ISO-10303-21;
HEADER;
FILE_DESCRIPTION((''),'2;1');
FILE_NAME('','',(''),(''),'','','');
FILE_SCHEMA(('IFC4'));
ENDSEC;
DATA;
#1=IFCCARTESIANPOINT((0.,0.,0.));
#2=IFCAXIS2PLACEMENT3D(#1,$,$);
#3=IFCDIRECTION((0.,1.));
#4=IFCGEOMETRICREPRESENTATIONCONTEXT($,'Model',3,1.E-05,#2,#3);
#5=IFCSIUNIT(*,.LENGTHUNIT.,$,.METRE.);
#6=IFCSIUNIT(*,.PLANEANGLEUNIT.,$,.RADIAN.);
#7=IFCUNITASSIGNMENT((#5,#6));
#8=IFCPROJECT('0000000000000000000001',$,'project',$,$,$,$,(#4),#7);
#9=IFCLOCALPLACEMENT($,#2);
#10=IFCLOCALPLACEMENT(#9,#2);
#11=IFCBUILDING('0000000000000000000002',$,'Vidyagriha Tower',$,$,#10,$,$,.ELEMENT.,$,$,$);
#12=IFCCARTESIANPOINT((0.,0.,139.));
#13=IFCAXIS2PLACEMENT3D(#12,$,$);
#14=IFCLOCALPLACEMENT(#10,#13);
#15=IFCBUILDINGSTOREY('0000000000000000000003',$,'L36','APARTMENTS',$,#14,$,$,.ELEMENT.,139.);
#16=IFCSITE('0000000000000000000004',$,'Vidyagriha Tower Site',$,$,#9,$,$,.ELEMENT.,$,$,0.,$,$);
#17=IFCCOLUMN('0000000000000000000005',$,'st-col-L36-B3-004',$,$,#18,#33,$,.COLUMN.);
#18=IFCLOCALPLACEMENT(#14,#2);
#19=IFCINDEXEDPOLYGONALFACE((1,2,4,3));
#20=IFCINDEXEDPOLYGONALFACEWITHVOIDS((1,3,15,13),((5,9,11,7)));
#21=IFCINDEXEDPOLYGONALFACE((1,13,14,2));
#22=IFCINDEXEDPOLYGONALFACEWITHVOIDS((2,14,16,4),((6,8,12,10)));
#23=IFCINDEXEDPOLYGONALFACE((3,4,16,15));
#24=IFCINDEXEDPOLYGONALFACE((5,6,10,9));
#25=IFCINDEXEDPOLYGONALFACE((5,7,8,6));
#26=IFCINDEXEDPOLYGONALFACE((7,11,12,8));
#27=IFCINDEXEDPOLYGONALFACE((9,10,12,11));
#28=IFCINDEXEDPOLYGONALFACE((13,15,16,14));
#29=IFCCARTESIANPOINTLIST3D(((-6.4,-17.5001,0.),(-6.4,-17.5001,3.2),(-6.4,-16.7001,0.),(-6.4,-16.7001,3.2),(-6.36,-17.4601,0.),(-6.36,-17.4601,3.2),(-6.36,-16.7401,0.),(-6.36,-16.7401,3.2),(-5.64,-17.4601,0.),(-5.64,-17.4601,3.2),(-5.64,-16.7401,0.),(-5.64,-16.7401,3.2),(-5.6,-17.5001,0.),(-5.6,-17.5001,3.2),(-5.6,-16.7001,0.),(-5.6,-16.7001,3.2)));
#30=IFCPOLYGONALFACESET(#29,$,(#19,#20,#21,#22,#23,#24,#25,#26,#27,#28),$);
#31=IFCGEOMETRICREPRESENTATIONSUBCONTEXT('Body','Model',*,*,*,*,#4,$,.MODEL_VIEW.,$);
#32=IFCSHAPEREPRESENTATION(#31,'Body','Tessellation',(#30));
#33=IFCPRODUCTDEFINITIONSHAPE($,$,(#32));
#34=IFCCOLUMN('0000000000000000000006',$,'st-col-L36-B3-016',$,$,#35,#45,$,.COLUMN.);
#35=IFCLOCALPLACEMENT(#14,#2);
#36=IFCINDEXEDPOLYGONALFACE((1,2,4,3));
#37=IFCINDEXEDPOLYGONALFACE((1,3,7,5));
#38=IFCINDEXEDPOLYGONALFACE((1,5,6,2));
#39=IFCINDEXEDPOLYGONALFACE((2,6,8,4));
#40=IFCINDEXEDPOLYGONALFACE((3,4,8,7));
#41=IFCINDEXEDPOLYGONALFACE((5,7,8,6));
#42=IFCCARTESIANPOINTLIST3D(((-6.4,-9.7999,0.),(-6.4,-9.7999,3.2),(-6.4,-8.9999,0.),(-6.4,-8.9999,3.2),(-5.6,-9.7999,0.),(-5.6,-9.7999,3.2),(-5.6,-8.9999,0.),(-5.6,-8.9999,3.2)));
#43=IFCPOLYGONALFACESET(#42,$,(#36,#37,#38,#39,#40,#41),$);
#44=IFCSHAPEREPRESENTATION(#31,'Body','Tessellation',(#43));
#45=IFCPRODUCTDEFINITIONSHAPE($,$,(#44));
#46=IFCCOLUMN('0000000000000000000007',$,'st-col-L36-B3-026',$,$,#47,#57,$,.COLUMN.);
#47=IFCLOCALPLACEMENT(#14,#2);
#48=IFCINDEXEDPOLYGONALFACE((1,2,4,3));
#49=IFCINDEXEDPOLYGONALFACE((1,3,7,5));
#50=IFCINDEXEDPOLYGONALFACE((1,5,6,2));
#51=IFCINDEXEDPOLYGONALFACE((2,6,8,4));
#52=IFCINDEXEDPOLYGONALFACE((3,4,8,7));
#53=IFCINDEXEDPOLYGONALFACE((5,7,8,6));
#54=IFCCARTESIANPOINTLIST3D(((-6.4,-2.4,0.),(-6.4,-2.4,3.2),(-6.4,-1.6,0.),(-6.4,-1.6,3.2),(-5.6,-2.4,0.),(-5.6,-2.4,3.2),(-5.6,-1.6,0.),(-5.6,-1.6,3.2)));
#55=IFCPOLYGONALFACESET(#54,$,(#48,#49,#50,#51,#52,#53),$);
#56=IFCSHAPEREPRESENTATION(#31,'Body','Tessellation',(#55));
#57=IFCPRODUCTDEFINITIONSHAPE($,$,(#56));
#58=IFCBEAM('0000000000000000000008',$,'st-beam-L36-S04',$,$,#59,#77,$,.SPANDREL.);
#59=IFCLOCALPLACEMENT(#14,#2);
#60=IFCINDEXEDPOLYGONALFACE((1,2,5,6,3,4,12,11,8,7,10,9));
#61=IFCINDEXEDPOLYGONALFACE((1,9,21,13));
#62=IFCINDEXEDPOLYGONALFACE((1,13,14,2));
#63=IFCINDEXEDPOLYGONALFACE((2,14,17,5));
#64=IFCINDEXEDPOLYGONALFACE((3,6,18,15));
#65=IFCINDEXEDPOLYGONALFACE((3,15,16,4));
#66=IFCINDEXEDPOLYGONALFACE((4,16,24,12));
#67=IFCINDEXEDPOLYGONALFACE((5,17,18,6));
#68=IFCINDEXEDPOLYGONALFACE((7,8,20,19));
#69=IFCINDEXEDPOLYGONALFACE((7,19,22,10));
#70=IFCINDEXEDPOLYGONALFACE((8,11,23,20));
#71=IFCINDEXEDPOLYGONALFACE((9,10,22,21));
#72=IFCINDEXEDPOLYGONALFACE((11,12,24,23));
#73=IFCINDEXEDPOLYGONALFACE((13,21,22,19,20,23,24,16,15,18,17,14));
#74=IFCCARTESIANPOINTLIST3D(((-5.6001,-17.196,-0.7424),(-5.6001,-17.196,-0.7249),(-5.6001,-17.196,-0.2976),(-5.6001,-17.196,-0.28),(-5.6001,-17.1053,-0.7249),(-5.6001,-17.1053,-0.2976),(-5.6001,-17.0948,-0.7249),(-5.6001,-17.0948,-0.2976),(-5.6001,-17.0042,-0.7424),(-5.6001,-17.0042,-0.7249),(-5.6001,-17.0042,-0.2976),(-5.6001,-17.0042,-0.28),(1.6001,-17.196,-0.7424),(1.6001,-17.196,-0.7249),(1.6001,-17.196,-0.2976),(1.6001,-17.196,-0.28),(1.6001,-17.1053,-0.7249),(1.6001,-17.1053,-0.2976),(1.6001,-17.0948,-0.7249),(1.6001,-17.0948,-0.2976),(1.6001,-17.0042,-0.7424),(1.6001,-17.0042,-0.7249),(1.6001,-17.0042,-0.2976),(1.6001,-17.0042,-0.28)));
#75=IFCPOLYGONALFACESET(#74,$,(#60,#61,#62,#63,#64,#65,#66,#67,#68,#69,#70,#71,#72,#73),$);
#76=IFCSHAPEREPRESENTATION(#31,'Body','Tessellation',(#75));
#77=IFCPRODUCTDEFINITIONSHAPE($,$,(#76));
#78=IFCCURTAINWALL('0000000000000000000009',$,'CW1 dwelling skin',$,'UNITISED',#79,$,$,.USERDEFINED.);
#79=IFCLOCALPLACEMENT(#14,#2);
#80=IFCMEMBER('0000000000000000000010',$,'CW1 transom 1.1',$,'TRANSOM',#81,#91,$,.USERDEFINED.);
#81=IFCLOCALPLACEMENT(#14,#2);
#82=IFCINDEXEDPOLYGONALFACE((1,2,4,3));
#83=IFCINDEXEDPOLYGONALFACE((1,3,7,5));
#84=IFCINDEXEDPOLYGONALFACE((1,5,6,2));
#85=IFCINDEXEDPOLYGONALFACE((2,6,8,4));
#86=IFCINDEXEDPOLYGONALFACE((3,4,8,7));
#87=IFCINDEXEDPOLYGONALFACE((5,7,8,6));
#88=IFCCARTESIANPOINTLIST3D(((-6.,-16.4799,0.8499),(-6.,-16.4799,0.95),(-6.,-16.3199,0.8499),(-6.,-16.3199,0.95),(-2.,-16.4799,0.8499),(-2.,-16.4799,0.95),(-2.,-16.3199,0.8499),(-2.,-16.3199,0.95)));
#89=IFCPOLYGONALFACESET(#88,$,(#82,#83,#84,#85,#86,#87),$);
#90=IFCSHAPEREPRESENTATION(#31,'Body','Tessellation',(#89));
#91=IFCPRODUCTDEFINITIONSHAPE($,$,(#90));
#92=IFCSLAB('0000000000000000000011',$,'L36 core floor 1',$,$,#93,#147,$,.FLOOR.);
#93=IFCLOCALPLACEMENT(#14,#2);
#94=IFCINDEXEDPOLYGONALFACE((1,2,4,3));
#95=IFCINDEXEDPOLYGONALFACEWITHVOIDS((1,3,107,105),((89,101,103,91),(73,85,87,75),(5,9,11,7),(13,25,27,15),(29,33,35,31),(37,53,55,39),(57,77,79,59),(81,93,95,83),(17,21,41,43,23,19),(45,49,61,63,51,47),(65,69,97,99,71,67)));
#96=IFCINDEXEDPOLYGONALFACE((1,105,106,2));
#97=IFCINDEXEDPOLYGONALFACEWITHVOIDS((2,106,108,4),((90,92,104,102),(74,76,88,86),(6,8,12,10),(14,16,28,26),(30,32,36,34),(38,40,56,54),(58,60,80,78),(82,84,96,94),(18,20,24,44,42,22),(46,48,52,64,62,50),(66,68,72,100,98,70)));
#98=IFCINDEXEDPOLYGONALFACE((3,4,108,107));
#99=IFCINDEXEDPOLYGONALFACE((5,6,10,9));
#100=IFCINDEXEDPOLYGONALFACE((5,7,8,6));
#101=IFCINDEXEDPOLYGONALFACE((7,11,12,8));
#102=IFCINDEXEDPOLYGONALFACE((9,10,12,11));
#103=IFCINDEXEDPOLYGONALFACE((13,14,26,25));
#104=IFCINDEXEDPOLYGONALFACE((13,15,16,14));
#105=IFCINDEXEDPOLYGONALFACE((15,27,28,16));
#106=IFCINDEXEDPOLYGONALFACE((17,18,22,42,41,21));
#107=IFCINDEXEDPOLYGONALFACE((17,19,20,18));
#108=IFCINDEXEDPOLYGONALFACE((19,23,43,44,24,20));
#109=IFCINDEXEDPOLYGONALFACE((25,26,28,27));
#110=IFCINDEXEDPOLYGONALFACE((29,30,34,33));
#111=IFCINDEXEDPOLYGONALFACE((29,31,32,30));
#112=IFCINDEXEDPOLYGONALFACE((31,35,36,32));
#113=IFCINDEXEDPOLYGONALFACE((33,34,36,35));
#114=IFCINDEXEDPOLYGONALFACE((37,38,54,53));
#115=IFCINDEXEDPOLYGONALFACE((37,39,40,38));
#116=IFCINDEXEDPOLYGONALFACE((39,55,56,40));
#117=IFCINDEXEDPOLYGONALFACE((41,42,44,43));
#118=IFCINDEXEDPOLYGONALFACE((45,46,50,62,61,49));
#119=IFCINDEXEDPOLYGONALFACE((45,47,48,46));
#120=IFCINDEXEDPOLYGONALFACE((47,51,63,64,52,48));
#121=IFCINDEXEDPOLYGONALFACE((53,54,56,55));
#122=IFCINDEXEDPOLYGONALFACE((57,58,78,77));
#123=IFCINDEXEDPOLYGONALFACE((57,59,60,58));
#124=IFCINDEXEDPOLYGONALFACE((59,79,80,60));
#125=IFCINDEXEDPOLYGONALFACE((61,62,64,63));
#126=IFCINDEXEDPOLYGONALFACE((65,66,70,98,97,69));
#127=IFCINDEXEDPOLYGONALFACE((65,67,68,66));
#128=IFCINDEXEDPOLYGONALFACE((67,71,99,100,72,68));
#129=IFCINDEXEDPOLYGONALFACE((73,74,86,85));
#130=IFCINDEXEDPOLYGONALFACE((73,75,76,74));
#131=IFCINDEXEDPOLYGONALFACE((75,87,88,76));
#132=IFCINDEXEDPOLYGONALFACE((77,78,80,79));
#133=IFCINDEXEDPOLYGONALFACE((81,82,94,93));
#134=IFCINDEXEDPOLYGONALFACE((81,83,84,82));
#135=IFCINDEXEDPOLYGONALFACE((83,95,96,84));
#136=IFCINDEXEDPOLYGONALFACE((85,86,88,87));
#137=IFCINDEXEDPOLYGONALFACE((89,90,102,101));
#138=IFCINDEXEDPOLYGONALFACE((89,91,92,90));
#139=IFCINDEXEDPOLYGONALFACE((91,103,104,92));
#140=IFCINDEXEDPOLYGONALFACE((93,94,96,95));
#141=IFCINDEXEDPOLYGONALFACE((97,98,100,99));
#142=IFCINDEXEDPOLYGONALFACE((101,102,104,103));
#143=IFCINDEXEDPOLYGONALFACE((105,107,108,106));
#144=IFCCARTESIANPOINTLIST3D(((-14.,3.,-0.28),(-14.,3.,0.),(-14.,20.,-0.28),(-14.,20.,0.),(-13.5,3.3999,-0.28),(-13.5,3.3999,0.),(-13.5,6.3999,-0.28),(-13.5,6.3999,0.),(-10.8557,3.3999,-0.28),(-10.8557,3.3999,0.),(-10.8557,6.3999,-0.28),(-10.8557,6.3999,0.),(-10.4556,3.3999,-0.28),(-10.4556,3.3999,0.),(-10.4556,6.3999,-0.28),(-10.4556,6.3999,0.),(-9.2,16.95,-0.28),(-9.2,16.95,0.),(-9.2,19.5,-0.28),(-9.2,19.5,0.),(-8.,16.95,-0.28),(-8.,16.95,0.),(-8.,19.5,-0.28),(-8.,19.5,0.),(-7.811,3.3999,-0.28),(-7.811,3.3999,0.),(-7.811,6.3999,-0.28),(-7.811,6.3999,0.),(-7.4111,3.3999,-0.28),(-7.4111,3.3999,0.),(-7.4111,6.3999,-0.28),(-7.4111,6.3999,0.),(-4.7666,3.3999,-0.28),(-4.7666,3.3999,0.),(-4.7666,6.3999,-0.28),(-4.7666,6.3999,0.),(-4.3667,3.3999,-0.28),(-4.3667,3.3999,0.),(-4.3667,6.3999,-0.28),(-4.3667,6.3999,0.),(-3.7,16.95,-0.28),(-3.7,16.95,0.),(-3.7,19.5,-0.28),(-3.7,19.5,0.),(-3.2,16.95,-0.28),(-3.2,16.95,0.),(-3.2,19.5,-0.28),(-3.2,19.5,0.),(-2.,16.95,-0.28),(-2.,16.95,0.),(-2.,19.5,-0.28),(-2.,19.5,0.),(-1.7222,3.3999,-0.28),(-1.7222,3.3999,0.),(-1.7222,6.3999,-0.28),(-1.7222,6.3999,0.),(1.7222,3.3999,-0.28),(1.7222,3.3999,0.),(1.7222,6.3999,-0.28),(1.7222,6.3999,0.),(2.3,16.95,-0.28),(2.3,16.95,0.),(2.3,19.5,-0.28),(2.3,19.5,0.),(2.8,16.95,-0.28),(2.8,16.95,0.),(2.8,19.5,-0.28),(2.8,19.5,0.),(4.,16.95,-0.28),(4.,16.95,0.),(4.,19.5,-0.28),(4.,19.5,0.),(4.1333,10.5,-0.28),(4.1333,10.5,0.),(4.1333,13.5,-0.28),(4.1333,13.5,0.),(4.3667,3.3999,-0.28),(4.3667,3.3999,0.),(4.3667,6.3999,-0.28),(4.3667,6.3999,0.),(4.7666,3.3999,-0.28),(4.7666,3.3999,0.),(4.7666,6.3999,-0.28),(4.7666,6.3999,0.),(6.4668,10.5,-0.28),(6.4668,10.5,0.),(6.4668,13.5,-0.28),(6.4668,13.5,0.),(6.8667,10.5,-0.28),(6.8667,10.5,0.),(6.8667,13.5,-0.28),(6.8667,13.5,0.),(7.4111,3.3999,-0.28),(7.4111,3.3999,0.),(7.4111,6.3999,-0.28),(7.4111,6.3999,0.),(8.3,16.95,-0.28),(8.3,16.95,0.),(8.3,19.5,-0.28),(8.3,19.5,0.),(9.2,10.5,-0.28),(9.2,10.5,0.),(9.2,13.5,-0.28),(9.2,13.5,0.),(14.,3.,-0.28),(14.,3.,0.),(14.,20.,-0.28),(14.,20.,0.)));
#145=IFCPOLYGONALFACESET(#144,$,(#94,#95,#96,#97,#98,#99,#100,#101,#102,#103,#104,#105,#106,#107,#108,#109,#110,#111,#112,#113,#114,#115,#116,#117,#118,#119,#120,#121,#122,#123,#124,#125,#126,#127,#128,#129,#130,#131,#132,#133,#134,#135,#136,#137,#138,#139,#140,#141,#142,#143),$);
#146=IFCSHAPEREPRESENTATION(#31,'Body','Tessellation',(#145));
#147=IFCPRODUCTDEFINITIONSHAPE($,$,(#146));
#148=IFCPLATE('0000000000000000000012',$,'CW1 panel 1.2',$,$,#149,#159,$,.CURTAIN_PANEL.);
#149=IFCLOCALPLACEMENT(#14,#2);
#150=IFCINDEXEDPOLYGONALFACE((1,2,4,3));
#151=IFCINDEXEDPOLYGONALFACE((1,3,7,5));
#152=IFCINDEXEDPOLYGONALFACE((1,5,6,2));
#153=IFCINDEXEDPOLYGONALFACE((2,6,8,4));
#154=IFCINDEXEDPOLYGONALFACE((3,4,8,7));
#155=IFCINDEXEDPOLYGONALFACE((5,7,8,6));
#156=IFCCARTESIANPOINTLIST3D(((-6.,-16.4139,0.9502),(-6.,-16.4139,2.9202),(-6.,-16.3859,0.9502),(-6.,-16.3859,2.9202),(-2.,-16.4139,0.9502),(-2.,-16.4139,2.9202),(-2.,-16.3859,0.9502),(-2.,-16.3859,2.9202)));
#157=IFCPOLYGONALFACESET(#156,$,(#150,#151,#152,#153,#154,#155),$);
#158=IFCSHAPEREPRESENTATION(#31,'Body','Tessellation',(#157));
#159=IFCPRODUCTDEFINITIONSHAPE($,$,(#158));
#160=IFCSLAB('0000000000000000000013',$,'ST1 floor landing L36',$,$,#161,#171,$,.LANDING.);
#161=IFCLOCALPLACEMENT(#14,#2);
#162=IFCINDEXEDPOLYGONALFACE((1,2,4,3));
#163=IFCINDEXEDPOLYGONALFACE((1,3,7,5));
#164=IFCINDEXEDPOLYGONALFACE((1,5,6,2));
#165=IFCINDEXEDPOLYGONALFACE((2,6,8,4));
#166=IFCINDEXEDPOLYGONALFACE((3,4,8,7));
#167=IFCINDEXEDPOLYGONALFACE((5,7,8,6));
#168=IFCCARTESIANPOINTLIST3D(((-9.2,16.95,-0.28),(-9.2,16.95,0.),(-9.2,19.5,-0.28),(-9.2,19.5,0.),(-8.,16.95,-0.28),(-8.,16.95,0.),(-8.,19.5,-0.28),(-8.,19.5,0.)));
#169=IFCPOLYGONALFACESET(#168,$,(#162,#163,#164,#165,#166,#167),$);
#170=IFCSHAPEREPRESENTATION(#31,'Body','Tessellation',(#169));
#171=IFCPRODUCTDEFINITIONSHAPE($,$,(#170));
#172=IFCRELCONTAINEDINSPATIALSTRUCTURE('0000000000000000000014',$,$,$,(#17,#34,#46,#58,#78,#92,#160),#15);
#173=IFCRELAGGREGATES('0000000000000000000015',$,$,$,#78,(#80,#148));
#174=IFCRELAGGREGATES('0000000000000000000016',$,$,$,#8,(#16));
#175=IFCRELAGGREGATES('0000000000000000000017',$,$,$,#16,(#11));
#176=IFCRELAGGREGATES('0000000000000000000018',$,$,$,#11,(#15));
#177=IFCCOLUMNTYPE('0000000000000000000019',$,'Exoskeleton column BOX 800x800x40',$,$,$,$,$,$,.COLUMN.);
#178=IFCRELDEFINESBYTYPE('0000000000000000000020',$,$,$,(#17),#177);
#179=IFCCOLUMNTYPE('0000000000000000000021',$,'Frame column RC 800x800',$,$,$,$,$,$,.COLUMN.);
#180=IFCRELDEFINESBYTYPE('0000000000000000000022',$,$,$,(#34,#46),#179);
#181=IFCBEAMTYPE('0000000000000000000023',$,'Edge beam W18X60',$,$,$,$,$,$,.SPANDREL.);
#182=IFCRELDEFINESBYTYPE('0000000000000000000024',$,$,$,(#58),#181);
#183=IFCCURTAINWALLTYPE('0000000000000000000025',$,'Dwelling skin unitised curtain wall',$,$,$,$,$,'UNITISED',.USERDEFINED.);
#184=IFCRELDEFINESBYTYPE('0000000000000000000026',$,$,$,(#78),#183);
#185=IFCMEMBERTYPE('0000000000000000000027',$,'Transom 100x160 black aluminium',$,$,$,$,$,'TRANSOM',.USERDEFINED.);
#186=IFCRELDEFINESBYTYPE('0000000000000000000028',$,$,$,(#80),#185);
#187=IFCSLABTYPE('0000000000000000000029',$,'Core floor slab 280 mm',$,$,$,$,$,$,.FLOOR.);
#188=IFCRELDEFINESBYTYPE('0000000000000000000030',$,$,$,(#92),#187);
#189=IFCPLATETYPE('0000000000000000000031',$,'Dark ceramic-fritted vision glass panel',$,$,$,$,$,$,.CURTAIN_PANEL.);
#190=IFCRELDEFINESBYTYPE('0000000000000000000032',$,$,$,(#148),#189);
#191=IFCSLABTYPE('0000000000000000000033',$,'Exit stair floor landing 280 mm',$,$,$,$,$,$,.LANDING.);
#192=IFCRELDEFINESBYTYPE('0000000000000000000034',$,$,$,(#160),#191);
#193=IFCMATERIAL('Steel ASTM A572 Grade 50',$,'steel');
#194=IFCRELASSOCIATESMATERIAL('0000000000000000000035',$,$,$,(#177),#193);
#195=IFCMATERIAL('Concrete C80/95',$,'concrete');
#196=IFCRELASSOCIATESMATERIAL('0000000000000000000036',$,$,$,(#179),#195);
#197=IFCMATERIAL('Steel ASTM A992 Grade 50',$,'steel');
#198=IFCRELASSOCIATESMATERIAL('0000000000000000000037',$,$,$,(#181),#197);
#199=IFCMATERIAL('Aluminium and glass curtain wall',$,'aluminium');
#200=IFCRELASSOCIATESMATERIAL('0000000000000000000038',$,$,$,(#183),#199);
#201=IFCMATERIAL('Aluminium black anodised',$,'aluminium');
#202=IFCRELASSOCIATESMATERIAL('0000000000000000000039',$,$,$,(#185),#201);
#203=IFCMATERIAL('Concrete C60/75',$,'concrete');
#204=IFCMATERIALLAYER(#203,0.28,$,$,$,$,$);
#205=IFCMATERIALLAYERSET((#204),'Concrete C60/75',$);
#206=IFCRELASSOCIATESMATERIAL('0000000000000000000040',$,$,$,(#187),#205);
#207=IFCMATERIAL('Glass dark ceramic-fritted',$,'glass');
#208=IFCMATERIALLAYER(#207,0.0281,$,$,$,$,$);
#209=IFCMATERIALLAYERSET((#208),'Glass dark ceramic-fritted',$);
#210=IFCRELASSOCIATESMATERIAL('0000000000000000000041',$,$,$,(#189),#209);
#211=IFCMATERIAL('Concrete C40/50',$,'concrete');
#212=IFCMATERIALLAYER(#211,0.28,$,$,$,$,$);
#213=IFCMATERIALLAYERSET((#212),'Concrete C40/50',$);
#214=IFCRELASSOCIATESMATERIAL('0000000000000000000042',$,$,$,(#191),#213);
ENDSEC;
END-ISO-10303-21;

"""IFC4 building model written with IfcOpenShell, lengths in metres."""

from ifc_helpers import new_model, si_unit, direction, frame, origin, origin_2d, place, context, subcontext, project, spatial, polyline, rectangle, hollow_rectangle, i_section, outline, extrude, material, layer, layer_set, material_profile, profile_set, type_object, element, aggregate, save


model = new_model("IFC4")

# Units and contexts
model_context = context("Model", 3, precision=1e-05, world=origin(), true_north=direction((0.0, 1.0)))
body_context = subcontext(model_context, "Body", "Model", "MODEL_VIEW")
ifc_project = project(units=[si_unit("LENGTHUNIT", "METRE"), si_unit("PLANEANGLEUNIT", "RADIAN")], contexts=[model_context])

# Site, building, storey
site_placement = place(None, origin())
site = spatial("IfcSite", under=ifc_project, at=site_placement, Name="Vidyagriha Tower Site", CompositionType="ELEMENT", RefElevation=0.0)
building_placement = place(site_placement, origin())
building = spatial("IfcBuilding", under=site, at=building_placement, Name="Vidyagriha Tower", CompositionType="ELEMENT")
storey_placement = place(building_placement, frame((0.0, 0.0, 139.0)))
storey = spatial("IfcBuildingStorey", under=building, at=storey_placement, Name="L36", Description="APARTMENTS", CompositionType="ELEMENT", Elevation=139.0)

# Columns
ifc_material_1 = material(Name="Steel ASTM A572 Grade 50", Category="steel")
ifc_material_profile_1 = material_profile(ifc_material_1, hollow_rectangle(XDim=0.8, YDim=0.8, WallThickness=0.04, at=origin_2d()), Name="BOX 800x800x40")
ifc_profile_set_1 = profile_set([ifc_material_profile_1], Name="Steel ASTM A572 Grade 50")
column_type_1 = type_object("IfcColumnType", Name="Exoskeleton column BOX 800x800x40", PredefinedType="COLUMN", material=ifc_profile_set_1)
column_placement = place(storey_placement, frame((-6.0, -17.1001, 0.0)))
element("IfcColumn", 1, at=column_placement, inside=storey, type_object=column_type_1, Name="st-col-L36-B3-004", PredefinedType="COLUMN", context=body_context, shape_type="SweptSolid", body=[
    extrude(hollow_rectangle(XDim=0.8, YDim=0.8, WallThickness=0.04, at=origin_2d()), origin(), (0.0, 0.0, 1.0), 3.2),
])
ifc_material_2 = material(Name="Concrete C80/95", Category="concrete")
ifc_material_profile_2 = material_profile(ifc_material_2, rectangle(XDim=0.8, YDim=0.8, at=origin_2d()), Name="RC 800x800")
ifc_profile_set_2 = profile_set([ifc_material_profile_2], Name="Concrete C80/95")
column_type_2 = type_object("IfcColumnType", Name="Frame column RC 800x800", PredefinedType="COLUMN", material=ifc_profile_set_2)
for number, where, name in (
    (2, (-6.0, -9.3999, 0.0), "st-col-L36-B3-016"),
    (3, (-6.0, -2.0, 0.0), "st-col-L36-B3-026"),
):
    element("IfcColumn", number, at=place(storey_placement, frame(where)), inside=storey, type_object=column_type_2, Name=name, PredefinedType="COLUMN", context=body_context, shape_type="SweptSolid", body=[
        extrude(rectangle(XDim=0.8, YDim=0.8, at=origin_2d()), origin(), (0.0, 0.0, 1.0), 3.2),
    ])

# Beam
ifc_material_3 = material(Name="Steel ASTM A992 Grade 50", Category="steel")
ifc_material_profile_3 = material_profile(ifc_material_3, i_section(OverallWidth=0.1919, OverallDepth=0.4624, WebThickness=0.0105, FlangeThickness=0.0176, at=origin_2d()), Name="W18X60")
ifc_profile_set_3 = profile_set([ifc_material_profile_3], Name="Steel ASTM A992 Grade 50")
beam_type = type_object("IfcBeamType", Name="Edge beam W18X60", PredefinedType="SPANDREL", material=ifc_profile_set_3)
beam_placement = place(storey_placement, frame((-5.6001, -17.1001, -0.5112), z_axis=(1.0, 0.0, 0.0), x_axis=(0.0, 1.0, 0.0)))
element("IfcBeam", 4, at=beam_placement, inside=storey, type_object=beam_type, Name="st-beam-L36-S04", PredefinedType="SPANDREL", context=body_context, shape_type="SweptSolid", body=[
    extrude(i_section(OverallWidth=0.1919, OverallDepth=0.4624, WebThickness=0.0105, FlangeThickness=0.0176, at=origin_2d()), origin(), (0.0, 0.0, 1.0), 7.2002),
])

# Curtain wall, member
ifc_material_4 = material(Name="Aluminium and glass curtain wall", Category="aluminium")
curtain_wall_type = type_object("IfcCurtainWallType", Name="Dwelling skin unitised curtain wall", ElementType="UNITISED", PredefinedType="USERDEFINED", material=ifc_material_4)
curtain_wall_placement = place(storey_placement, origin())
curtain_wall = element("IfcCurtainWall", 5, at=curtain_wall_placement, inside=storey, type_object=curtain_wall_type, Name="CW1 dwelling skin", ObjectType="UNITISED", PredefinedType="USERDEFINED")
ifc_material_5 = material(Name="Aluminium black anodised", Category="aluminium")
ifc_material_profile_4 = material_profile(ifc_material_5, rectangle(XDim=0.1599, YDim=0.1001, at=origin_2d()), Name="Transom 100x160 black aluminium")
ifc_profile_set_4 = profile_set([ifc_material_profile_4], Name="Aluminium black anodised")
member_type = type_object("IfcMemberType", Name="Transom 100x160 black aluminium", ElementType="TRANSOM", PredefinedType="USERDEFINED", material=ifc_profile_set_4)
member_placement = place(storey_placement, frame((-6.0, -16.3999, 0.8999), z_axis=(1.0, 0.0, 0.0), x_axis=(0.0, 1.0, 0.0)))
member = element("IfcMember", 6, at=member_placement, type_object=member_type, Name="CW1 transom 1.1", ObjectType="TRANSOM", PredefinedType="USERDEFINED", context=body_context, shape_type="SweptSolid", body=[
    extrude(rectangle(XDim=0.1599, YDim=0.1001, at=origin_2d()), origin(), (0.0, 0.0, 1.0), 4.0),
])

# Slab
ifc_material_6 = material(Name="Concrete C60/75", Category="concrete")
ifc_layer_1 = layer(ifc_material_6, 0.28)
ifc_layer_set_1 = layer_set([ifc_layer_1], Name="Concrete C60/75")
slab_type_1 = type_object("IfcSlabType", Name="Core floor slab 280 mm", PredefinedType="FLOOR", material=ifc_layer_set_1)
slab_1_placement = place(storey_placement, frame((0.0, 0.0, -0.28)))
element("IfcSlab", 7, at=slab_1_placement, inside=storey, type_object=slab_type_1, Name="L36 core floor 1", PredefinedType="FLOOR", context=body_context, shape_type="SweptSolid", body=[
    extrude(outline(polyline([(-14.0, 3.0), (-14.0, 20.0), (14.0, 20.0), (14.0, 3.0), (-14.0, 3.0)]), holes=[polyline([(9.2, 13.5), (6.8667, 13.5), (6.8667, 10.5), (9.2, 10.5), (9.2, 13.5)]), polyline([(4.0, 19.5), (2.8, 19.5), (2.8, 16.95), (4.0, 16.95), (8.3, 16.95), (8.3, 19.5), (4.0, 19.5)]), polyline([(7.4111, 6.3999), (4.7666, 6.3999), (4.7666, 3.3999), (7.4111, 3.3999), (7.4111, 6.3999)]), polyline([(6.4668, 13.5), (4.1333, 13.5), (4.1333, 10.5), (6.4668, 10.5), (6.4668, 13.5)]), polyline([(1.7222, 6.3999), (1.7222, 3.3999), (4.3667, 3.3999), (4.3667, 6.3999), (1.7222, 6.3999)]), polyline([(-2.0, 16.95), (2.3, 16.95), (2.3, 19.5), (-2.0, 19.5), (-3.2, 19.5), (-3.2, 16.95), (-2.0, 16.95)]), polyline([(-1.7222, 6.3999), (-4.3667, 6.3999), (-4.3667, 3.3999), (-1.7222, 3.3999), (-1.7222, 6.3999)]), polyline([(-8.0, 19.5), (-9.2, 19.5), (-9.2, 16.95), (-8.0, 16.95), (-3.7, 16.95), (-3.7, 19.5), (-8.0, 19.5)]), polyline([(-4.7666, 6.3999), (-7.4111, 6.3999), (-7.4111, 3.3999), (-4.7666, 3.3999), (-4.7666, 6.3999)]), polyline([(-7.811, 6.3999), (-10.4556, 6.3999), (-10.4556, 3.3999), (-7.811, 3.3999), (-7.811, 6.3999)]), polyline([(-13.5, 6.3999), (-13.5, 3.3999), (-10.8557, 3.3999), (-10.8557, 6.3999), (-13.5, 6.3999)])]), origin(), (0.0, 0.0, 1.0), 0.28),
])

# Plate
ifc_material_7 = material(Name="Glass dark ceramic-fritted", Category="glass")
ifc_layer_2 = layer(ifc_material_7, 0.0281)
ifc_layer_set_2 = layer_set([ifc_layer_2], Name="Glass dark ceramic-fritted")
plate_type_1 = type_object("IfcPlateType", Name="Dark ceramic-fritted vision glass panel", PredefinedType="CURTAIN_PANEL", material=ifc_layer_set_2)
plate_1_placement = place(storey_placement, frame((-4.0, -16.3999, 0.9502)))
plate_1 = element("IfcPlate", 8, at=plate_1_placement, type_object=plate_type_1, Name="CW1 panel 1.2", PredefinedType="CURTAIN_PANEL", context=body_context, shape_type="SweptSolid", body=[
    extrude(rectangle(XDim=4.0, YDim=0.0281, at=origin_2d()), origin(), (0.0, 0.0, 1.0), 1.97),
])

# Slab
ifc_material_8 = material(Name="Concrete C40/50", Category="concrete")
ifc_layer_3 = layer(ifc_material_8, 0.28)
ifc_layer_set_3 = layer_set([ifc_layer_3], Name="Concrete C40/50")
slab_type_2 = type_object("IfcSlabType", Name="Exit stair floor landing 280 mm", PredefinedType="LANDING", material=ifc_layer_set_3)
slab_2_placement = place(storey_placement, frame((0.0, 0.0, -0.28)))
element("IfcSlab", 9, at=slab_2_placement, inside=storey, type_object=slab_type_2, Name="ST1 floor landing L36", PredefinedType="LANDING", context=body_context, shape_type="SweptSolid", body=[
    extrude(outline(polyline([(-9.2, 16.95), (-8.0, 16.95), (-8.0, 19.5), (-9.2, 19.5), (-9.2, 16.95)])), origin(), (0.0, 0.0, 1.0), 0.28),
])

aggregate(curtain_wall, [member, plate_1])

save(model, "model.ifc")
